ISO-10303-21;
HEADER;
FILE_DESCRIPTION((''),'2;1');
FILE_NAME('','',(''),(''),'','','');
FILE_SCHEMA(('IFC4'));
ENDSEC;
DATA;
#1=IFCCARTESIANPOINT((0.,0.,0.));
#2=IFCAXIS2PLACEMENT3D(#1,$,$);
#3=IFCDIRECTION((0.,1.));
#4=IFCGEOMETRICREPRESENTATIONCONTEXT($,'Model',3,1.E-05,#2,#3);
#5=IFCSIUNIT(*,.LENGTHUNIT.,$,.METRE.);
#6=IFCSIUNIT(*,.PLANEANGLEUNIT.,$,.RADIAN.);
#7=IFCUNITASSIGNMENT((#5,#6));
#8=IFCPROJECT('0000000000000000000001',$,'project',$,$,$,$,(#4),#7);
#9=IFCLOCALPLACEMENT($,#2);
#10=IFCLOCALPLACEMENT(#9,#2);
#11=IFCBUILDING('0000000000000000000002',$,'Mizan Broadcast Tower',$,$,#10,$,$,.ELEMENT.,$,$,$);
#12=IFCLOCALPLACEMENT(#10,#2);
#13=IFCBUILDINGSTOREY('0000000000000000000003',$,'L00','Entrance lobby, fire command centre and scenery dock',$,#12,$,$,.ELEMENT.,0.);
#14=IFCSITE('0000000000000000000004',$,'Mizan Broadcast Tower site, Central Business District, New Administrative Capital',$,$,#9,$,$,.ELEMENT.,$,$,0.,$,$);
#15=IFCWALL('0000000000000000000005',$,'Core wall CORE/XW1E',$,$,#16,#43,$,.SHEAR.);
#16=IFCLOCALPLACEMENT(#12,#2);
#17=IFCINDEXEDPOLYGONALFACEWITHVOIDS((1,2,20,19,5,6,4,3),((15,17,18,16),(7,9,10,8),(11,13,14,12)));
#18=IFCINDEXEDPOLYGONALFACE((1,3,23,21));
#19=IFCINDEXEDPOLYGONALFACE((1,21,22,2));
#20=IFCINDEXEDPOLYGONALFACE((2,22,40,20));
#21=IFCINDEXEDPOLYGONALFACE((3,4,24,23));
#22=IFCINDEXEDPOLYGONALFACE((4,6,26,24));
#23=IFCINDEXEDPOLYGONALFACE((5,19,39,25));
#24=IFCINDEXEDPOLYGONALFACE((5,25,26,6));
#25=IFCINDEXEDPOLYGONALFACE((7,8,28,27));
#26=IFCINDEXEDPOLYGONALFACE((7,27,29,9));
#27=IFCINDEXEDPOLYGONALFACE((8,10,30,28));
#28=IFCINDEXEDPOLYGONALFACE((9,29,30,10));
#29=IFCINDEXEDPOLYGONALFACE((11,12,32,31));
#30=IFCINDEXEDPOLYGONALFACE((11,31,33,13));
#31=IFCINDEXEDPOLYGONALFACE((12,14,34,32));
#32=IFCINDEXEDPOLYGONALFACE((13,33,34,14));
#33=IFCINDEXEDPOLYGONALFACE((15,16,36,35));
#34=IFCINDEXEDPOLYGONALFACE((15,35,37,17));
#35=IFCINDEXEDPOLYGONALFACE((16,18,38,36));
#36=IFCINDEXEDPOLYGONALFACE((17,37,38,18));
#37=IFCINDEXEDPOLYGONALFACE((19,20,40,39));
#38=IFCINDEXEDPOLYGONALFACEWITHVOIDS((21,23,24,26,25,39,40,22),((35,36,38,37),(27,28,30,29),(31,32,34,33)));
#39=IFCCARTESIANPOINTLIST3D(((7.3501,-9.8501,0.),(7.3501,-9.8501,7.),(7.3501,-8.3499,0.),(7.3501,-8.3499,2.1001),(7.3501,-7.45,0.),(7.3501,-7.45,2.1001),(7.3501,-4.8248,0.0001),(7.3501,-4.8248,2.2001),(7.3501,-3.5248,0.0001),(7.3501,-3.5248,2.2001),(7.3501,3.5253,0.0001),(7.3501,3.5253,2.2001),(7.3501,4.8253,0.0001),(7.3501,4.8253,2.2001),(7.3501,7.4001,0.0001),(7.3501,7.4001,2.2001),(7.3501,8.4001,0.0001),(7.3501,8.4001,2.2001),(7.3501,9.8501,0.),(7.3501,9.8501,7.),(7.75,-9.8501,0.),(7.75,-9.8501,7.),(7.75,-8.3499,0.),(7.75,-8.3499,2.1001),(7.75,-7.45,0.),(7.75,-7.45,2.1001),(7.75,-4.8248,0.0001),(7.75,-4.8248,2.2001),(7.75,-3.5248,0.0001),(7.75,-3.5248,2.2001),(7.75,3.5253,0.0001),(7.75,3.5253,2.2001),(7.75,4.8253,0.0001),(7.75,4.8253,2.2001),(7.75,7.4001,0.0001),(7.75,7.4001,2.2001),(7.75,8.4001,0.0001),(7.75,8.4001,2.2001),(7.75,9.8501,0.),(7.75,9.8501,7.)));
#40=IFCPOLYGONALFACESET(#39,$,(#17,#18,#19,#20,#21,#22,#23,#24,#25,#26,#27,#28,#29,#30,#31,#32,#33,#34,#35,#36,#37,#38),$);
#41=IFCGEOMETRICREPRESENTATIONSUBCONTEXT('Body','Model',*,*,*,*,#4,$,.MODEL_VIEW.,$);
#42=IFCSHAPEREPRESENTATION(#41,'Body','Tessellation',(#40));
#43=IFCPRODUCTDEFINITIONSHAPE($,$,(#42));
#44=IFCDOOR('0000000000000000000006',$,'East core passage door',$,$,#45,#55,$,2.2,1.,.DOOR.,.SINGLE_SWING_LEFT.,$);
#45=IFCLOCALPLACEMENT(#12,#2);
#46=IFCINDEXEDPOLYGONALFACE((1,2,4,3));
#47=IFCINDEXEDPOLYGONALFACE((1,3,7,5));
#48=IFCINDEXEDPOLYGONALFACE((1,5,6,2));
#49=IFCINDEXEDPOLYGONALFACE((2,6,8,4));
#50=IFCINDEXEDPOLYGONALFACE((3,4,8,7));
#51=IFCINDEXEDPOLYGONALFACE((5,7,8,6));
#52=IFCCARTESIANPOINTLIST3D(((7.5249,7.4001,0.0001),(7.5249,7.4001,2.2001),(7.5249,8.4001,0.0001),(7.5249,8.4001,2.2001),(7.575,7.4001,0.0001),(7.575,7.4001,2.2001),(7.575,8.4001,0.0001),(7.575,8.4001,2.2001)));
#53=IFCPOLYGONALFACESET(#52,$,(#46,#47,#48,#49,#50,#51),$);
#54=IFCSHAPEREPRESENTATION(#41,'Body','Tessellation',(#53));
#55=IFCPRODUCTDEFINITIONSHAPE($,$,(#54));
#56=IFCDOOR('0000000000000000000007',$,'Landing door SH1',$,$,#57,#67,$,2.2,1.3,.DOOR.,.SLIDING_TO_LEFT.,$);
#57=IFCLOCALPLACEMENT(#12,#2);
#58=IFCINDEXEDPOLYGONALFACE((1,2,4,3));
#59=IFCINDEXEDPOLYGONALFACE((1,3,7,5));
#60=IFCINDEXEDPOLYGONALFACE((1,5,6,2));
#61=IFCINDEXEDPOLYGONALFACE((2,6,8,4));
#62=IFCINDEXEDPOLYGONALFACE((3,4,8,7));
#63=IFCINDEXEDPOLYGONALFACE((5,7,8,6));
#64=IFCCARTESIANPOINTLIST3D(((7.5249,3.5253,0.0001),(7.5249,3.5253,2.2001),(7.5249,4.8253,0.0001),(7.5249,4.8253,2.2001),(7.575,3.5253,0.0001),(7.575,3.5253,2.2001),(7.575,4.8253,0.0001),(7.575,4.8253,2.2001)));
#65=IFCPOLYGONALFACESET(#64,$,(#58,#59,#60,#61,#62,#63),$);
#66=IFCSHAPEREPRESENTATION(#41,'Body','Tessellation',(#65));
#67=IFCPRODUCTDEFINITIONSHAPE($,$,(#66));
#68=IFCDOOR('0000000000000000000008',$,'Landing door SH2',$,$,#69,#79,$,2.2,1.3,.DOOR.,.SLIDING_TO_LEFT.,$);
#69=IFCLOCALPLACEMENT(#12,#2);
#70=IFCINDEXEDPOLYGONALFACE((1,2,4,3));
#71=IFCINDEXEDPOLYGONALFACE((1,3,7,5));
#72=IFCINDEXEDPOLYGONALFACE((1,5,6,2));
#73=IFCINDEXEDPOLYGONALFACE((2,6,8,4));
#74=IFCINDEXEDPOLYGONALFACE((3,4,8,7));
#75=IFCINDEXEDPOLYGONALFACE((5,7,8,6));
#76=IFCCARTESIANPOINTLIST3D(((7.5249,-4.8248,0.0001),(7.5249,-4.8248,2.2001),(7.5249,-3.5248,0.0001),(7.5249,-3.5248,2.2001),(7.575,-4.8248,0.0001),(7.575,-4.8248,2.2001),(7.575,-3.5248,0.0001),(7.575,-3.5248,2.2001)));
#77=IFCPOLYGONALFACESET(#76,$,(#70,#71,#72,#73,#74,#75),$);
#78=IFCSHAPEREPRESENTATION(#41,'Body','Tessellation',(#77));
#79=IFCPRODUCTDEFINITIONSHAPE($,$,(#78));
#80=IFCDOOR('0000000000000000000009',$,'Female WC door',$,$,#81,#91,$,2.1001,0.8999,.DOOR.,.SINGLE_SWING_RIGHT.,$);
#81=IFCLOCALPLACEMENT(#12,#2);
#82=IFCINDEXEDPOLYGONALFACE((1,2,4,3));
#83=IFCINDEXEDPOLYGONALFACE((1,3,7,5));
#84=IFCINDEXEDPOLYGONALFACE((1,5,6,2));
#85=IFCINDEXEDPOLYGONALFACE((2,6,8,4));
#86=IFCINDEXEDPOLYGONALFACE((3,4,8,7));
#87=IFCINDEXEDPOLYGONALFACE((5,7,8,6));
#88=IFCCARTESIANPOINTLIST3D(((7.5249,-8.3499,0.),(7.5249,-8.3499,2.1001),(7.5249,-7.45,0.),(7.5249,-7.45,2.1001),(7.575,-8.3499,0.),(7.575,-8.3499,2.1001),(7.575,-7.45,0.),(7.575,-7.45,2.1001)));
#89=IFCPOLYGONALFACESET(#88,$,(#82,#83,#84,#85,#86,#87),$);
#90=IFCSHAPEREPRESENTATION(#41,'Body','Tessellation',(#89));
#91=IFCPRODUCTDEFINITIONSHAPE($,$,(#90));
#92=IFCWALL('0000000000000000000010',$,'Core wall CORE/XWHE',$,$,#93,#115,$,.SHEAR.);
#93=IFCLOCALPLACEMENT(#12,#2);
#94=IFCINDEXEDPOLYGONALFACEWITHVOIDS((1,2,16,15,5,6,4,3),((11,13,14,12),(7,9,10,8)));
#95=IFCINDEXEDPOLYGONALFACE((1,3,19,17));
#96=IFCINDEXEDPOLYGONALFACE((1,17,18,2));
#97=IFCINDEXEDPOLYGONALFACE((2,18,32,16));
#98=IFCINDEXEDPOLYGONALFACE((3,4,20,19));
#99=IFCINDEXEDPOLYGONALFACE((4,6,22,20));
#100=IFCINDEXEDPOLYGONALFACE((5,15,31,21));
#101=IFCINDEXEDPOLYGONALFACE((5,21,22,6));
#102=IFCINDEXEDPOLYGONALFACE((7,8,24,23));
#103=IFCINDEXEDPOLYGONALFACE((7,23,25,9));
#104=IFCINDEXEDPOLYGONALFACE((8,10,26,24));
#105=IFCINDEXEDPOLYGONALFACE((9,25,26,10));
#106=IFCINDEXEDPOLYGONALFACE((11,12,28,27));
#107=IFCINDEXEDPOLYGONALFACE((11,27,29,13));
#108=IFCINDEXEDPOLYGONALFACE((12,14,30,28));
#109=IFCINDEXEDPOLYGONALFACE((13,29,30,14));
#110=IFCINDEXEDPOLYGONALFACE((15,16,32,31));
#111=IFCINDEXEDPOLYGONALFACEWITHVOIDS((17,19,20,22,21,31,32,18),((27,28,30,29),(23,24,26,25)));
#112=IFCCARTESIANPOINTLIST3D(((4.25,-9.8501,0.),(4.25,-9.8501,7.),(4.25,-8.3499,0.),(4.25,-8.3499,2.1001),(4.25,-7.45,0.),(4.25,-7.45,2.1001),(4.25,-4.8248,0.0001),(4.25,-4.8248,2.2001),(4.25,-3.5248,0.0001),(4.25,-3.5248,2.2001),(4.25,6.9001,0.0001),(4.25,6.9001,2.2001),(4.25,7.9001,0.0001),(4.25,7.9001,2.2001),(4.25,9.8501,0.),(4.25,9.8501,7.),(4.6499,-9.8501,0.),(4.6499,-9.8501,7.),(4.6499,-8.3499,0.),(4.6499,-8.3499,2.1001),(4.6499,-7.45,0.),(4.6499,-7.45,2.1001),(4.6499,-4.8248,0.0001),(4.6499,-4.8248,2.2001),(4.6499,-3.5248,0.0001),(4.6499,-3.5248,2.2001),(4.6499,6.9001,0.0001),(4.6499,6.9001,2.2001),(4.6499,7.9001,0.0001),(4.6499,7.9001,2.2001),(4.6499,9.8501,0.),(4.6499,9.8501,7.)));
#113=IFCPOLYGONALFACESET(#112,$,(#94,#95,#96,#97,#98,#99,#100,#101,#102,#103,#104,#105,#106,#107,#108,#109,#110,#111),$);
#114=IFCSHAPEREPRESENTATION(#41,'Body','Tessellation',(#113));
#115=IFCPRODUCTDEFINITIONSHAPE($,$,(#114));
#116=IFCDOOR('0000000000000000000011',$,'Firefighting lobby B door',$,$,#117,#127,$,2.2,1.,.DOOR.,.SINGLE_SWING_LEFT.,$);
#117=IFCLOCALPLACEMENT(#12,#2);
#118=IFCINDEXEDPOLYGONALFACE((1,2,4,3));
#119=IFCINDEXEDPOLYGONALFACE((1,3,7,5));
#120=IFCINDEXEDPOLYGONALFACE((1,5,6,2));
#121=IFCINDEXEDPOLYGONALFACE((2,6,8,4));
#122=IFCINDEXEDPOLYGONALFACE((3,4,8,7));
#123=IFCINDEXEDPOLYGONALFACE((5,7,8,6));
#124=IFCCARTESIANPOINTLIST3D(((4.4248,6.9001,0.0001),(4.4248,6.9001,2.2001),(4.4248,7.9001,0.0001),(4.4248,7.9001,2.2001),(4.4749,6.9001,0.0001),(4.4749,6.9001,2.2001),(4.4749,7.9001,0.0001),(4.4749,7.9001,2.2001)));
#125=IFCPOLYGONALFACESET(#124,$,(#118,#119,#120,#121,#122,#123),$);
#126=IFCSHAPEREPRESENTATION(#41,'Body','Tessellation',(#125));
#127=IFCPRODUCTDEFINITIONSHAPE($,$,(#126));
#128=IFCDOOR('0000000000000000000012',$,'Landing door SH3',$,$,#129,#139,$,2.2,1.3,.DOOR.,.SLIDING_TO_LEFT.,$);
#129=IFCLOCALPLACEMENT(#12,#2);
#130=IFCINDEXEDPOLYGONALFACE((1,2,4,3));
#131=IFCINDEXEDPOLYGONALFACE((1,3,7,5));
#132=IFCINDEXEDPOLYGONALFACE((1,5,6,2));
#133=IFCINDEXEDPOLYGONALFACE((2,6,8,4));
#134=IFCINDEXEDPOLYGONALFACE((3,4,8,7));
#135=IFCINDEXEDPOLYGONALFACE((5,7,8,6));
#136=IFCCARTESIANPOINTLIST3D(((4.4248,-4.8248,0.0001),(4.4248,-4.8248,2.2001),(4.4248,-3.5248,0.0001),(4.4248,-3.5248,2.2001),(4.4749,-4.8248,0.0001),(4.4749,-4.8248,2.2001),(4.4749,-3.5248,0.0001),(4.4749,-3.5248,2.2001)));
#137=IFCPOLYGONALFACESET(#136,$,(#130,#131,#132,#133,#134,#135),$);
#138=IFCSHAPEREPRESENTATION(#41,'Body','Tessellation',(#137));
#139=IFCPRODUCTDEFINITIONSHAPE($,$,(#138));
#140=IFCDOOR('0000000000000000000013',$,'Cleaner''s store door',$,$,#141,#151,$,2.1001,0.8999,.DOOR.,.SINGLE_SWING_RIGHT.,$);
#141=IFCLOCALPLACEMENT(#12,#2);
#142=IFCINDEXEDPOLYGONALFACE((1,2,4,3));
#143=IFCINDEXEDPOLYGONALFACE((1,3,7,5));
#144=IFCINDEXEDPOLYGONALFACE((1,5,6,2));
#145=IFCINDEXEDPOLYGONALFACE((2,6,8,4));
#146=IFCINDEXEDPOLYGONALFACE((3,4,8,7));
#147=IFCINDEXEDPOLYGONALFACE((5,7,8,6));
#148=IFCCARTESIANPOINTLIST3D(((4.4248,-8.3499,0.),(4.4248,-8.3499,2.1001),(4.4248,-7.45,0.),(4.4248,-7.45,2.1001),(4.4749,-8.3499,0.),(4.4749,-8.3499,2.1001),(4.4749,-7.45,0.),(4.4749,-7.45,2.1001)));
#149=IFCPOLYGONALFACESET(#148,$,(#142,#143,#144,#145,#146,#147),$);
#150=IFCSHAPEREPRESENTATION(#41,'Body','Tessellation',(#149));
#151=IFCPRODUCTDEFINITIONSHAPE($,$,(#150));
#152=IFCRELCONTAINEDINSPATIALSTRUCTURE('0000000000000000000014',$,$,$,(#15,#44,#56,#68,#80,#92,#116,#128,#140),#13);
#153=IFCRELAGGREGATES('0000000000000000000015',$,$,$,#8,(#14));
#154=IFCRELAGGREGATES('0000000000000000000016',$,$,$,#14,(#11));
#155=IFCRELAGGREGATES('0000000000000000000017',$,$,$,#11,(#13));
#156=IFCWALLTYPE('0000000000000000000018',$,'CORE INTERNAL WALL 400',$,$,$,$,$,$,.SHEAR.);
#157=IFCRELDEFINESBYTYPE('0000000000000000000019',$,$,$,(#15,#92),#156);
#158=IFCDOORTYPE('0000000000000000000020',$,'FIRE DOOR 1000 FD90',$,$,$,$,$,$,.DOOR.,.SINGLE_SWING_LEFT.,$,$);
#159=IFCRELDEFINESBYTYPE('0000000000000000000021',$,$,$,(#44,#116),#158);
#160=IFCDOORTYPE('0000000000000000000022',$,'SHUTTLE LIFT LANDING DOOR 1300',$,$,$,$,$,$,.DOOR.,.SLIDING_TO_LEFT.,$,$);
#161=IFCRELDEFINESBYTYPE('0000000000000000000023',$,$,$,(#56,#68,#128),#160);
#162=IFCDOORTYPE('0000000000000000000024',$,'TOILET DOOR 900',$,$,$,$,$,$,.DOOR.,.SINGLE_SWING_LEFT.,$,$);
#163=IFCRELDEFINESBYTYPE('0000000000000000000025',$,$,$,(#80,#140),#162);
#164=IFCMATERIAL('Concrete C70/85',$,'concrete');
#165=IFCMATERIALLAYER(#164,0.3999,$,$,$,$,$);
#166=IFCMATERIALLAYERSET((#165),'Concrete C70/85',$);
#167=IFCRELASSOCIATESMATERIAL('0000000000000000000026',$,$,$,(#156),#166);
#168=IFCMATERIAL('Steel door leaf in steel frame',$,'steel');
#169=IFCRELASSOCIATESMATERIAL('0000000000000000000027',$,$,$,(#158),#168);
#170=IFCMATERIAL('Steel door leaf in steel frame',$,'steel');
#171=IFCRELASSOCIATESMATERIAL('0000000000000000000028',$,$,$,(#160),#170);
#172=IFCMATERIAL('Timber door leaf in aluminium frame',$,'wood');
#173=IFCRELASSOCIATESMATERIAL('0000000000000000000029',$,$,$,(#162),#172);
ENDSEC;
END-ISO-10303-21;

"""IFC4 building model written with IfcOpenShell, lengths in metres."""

from ifc_helpers import new_model, si_unit, direction, frame, frame_2d, origin, place, context, subcontext, project, spatial, rectangle, extrude, material, layer, layer_set, type_object, element, fill, save


model = new_model("IFC4")

# Units and contexts
model_context = context("Model", 3, precision=1e-05, world=origin(), true_north=direction((0.0, 1.0)))
body_context = subcontext(model_context, "Body", "Model", "MODEL_VIEW")
ifc_project = project(units=[si_unit("LENGTHUNIT", "METRE"), si_unit("PLANEANGLEUNIT", "RADIAN")], contexts=[model_context])

# Site, building, storey
site_placement = place(None, origin())
site = spatial("IfcSite", under=ifc_project, at=site_placement, Name="Mizan Broadcast Tower site, Central Business District, New Administrative Capital", CompositionType="ELEMENT", RefElevation=0.0)
building_placement = place(site_placement, origin())
building = spatial("IfcBuilding", under=site, at=building_placement, Name="Mizan Broadcast Tower", CompositionType="ELEMENT")
storey_placement = place(building_placement, origin())
storey = spatial("IfcBuildingStorey", under=building, at=storey_placement, Name="L00", Description="Entrance lobby, fire command centre and scenery dock", CompositionType="ELEMENT", Elevation=0.0)

# Walls, openings, doors
ifc_material_1 = material(Name="Concrete C70/85", Category="concrete")
ifc_layer_1 = layer(ifc_material_1, 0.3999)
ifc_layer_set_1 = layer_set([ifc_layer_1], Name="Concrete C70/85")
wall_type_1 = type_object("IfcWallType", Name="CORE INTERNAL WALL 400", PredefinedType="SHEAR", material=ifc_layer_set_1)
wall_1_placement = place(storey_placement, frame((7.55, 9.8501, 0.0), z_axis=(0.0, 0.0, 1.0), x_axis=(0.0, -1.0, 0.0)))
wall_1 = element("IfcWall", 1, at=wall_1_placement, inside=storey, type_object=wall_type_1, Name="Core wall CORE/XW1E", PredefinedType="SHEAR", context=body_context, shape_type="SweptSolid", body=[
    extrude(rectangle(XDim=19.7002, YDim=0.3999, at=frame_2d((9.8501, 0.0))), origin(), (0.0, 0.0, 1.0), 7.0),
])
opening_1_placement = place(wall_1_placement, frame((1.45, 0.0, 0.0)))
opening_1 = element("IfcOpeningElement", 2, at=opening_1_placement, cuts=wall_1, PredefinedType="OPENING", context=body_context, shape_type="SweptSolid", body=[
    extrude(rectangle(XDim=1.0, YDim=2.2, at=frame_2d((0.5, 1.1001))), frame((0.0, 0.21, 0.0), z_axis=(0.0, -1.0, 0.0), x_axis=(1.0, 0.0, 0.0)), (0.0, 0.0, 1.0), 0.4199),
])
opening_2_placement = place(wall_1_placement, frame((17.3, 0.0, 0.0)))
opening_2 = element("IfcOpeningElement", 3, at=opening_2_placement, cuts=wall_1, PredefinedType="OPENING", context=body_context, shape_type="SweptSolid", body=[
    extrude(rectangle(XDim=0.8999, YDim=2.1001, at=frame_2d((0.45, 1.05))), frame((0.0, 0.21, 0.0), z_axis=(0.0, -1.0, 0.0), x_axis=(1.0, 0.0, 0.0)), (0.0, 0.0, 1.0), 0.4199),
])
opening_3_placement = place(wall_1_placement, frame((5.0249, 0.0, 0.0)))
opening_3 = element("IfcOpeningElement", 4, at=opening_3_placement, cuts=wall_1, PredefinedType="OPENING", context=body_context, shape_type="SweptSolid", body=[
    extrude(rectangle(XDim=1.3, YDim=2.2, at=frame_2d((0.6499, 1.1001))), frame((0.0, 0.21, 0.0), z_axis=(0.0, -1.0, 0.0), x_axis=(1.0, 0.0, 0.0)), (0.0, 0.0, 1.0), 0.4199),
])
opening_4_placement = place(wall_1_placement, frame((13.375, 0.0, 0.0)))
opening_4 = element("IfcOpeningElement", 5, at=opening_4_placement, cuts=wall_1, PredefinedType="OPENING", context=body_context, shape_type="SweptSolid", body=[
    extrude(rectangle(XDim=1.3, YDim=2.2, at=frame_2d((0.6499, 1.1001))), frame((0.0, 0.21, 0.0), z_axis=(0.0, -1.0, 0.0), x_axis=(1.0, 0.0, 0.0)), (0.0, 0.0, 1.0), 0.4199),
])
ifc_material_2 = material(Name="Steel door leaf in steel frame", Category="steel")
door_type_1 = type_object("IfcDoorType", Name="FIRE DOOR 1000 FD90", OperationType="SINGLE_SWING_LEFT", PredefinedType="DOOR", material=ifc_material_2)
door_1_placement = place(opening_1_placement, origin())
door_1 = element("IfcDoor", 6, at=door_1_placement, inside=storey, type_object=door_type_1, Name="East core passage door", OperationType="SINGLE_SWING_LEFT", OverallHeight=2.2, OverallWidth=1.0, PredefinedType="DOOR", context=body_context, shape_type="SweptSolid", body=[
    extrude(rectangle(XDim=1.0, YDim=2.2, at=frame_2d((0.5, 1.1001))), frame((0.0, 0.0249, 0.0), z_axis=(0.0, -1.0, 0.0), x_axis=(1.0, 0.0, 0.0)), (0.0, 0.0, 1.0), 0.05),
])
fill(opening_1, door_1)
ifc_material_3 = material(Name="Steel door leaf in steel frame", Category="steel")
door_type_2 = type_object("IfcDoorType", Name="SHUTTLE LIFT LANDING DOOR 1300", OperationType="SLIDING_TO_LEFT", PredefinedType="DOOR", material=ifc_material_3)
door_2_placement = place(opening_3_placement, origin())
door_2 = element("IfcDoor", 7, at=door_2_placement, inside=storey, type_object=door_type_2, Name="Landing door SH1", OperationType="SLIDING_TO_LEFT", OverallHeight=2.2, OverallWidth=1.3, PredefinedType="DOOR", context=body_context, shape_type="SweptSolid", body=[
    extrude(rectangle(XDim=1.3, YDim=2.2, at=frame_2d((0.6499, 1.1001))), frame((0.0, 0.0249, 0.0), z_axis=(0.0, -1.0, 0.0), x_axis=(1.0, 0.0, 0.0)), (0.0, 0.0, 1.0), 0.05),
])
fill(opening_3, door_2)
door_3_placement = place(opening_4_placement, origin())
door_3 = element("IfcDoor", 8, at=door_3_placement, inside=storey, type_object=door_type_2, Name="Landing door SH2", OperationType="SLIDING_TO_LEFT", OverallHeight=2.2, OverallWidth=1.3, PredefinedType="DOOR", context=body_context, shape_type="SweptSolid", body=[
    extrude(rectangle(XDim=1.3, YDim=2.2, at=frame_2d((0.6499, 1.1001))), frame((0.0, 0.0249, 0.0), z_axis=(0.0, -1.0, 0.0), x_axis=(1.0, 0.0, 0.0)), (0.0, 0.0, 1.0), 0.05),
])
fill(opening_4, door_3)
ifc_material_4 = material(Name="Timber door leaf in aluminium frame", Category="wood")
door_type_3 = type_object("IfcDoorType", Name="TOILET DOOR 900", OperationType="SINGLE_SWING_LEFT", PredefinedType="DOOR", material=ifc_material_4)
door_4_placement = place(opening_2_placement, origin())
door_4 = element("IfcDoor", 9, at=door_4_placement, inside=storey, type_object=door_type_3, Name="Female WC door", OperationType="SINGLE_SWING_RIGHT", OverallHeight=2.1001, OverallWidth=0.8999, PredefinedType="DOOR", context=body_context, shape_type="SweptSolid", body=[
    extrude(rectangle(XDim=0.8999, YDim=2.1001, at=frame_2d((0.45, 1.05))), frame((0.0, 0.0249, 0.0), z_axis=(0.0, -1.0, 0.0), x_axis=(1.0, 0.0, 0.0)), (0.0, 0.0, 1.0), 0.05),
])
fill(opening_2, door_4)
wall_2_placement = place(storey_placement, frame((4.45, 9.8501, 0.0), z_axis=(0.0, 0.0, 1.0), x_axis=(0.0, -1.0, 0.0)))
wall_2 = element("IfcWall", 10, at=wall_2_placement, inside=storey, type_object=wall_type_1, Name="Core wall CORE/XWHE", PredefinedType="SHEAR", context=body_context, shape_type="SweptSolid", body=[
    extrude(rectangle(XDim=19.7002, YDim=0.3999, at=frame_2d((9.8501, 0.0))), origin(), (0.0, 0.0, 1.0), 7.0),
])
opening_5_placement = place(wall_2_placement, frame((1.95, 0.0, 0.0)))
opening_5 = element("IfcOpeningElement", 11, at=opening_5_placement, cuts=wall_2, PredefinedType="OPENING", context=body_context, shape_type="SweptSolid", body=[
    extrude(rectangle(XDim=1.0, YDim=2.2, at=frame_2d((0.5, 1.1001))), frame((0.0, 0.21, 0.0), z_axis=(0.0, -1.0, 0.0), x_axis=(1.0, 0.0, 0.0)), (0.0, 0.0, 1.0), 0.4199),
])
opening_6_placement = place(wall_2_placement, frame((17.3, 0.0, 0.0)))
opening_6 = element("IfcOpeningElement", 12, at=opening_6_placement, cuts=wall_2, PredefinedType="OPENING", context=body_context, shape_type="SweptSolid", body=[
    extrude(rectangle(XDim=0.8999, YDim=2.1001, at=frame_2d((0.45, 1.05))), frame((0.0, 0.21, 0.0), z_axis=(0.0, -1.0, 0.0), x_axis=(1.0, 0.0, 0.0)), (0.0, 0.0, 1.0), 0.4199),
])
opening_7_placement = place(wall_2_placement, frame((13.375, 0.0, 0.0)))
opening_7 = element("IfcOpeningElement", 13, at=opening_7_placement, cuts=wall_2, PredefinedType="OPENING", context=body_context, shape_type="SweptSolid", body=[
    extrude(rectangle(XDim=1.3, YDim=2.2, at=frame_2d((0.6499, 1.1001))), frame((0.0, 0.21, 0.0), z_axis=(0.0, -1.0, 0.0), x_axis=(1.0, 0.0, 0.0)), (0.0, 0.0, 1.0), 0.4199),
])
door_5_placement = place(opening_5_placement, origin())
door_5 = element("IfcDoor", 14, at=door_5_placement, inside=storey, type_object=door_type_1, Name="Firefighting lobby B door", OperationType="SINGLE_SWING_LEFT", OverallHeight=2.2, OverallWidth=1.0, PredefinedType="DOOR", context=body_context, shape_type="SweptSolid", body=[
    extrude(rectangle(XDim=1.0, YDim=2.2, at=frame_2d((0.5, 1.1001))), frame((0.0, 0.0249, 0.0), z_axis=(0.0, -1.0, 0.0), x_axis=(1.0, 0.0, 0.0)), (0.0, 0.0, 1.0), 0.05),
])
fill(opening_5, door_5)
door_6_placement = place(opening_7_placement, origin())
door_6 = element("IfcDoor", 15, at=door_6_placement, inside=storey, type_object=door_type_2, Name="Landing door SH3", OperationType="SLIDING_TO_LEFT", OverallHeight=2.2, OverallWidth=1.3, PredefinedType="DOOR", context=body_context, shape_type="SweptSolid", body=[
    extrude(rectangle(XDim=1.3, YDim=2.2, at=frame_2d((0.6499, 1.1001))), frame((0.0, 0.0249, 0.0), z_axis=(0.0, -1.0, 0.0), x_axis=(1.0, 0.0, 0.0)), (0.0, 0.0, 1.0), 0.05),
])
fill(opening_7, door_6)
door_7_placement = place(opening_6_placement, origin())
door_7 = element("IfcDoor", 16, at=door_7_placement, inside=storey, type_object=door_type_3, Name="Cleaner's store door", OperationType="SINGLE_SWING_RIGHT", OverallHeight=2.1001, OverallWidth=0.8999, PredefinedType="DOOR", context=body_context, shape_type="SweptSolid", body=[
    extrude(rectangle(XDim=0.8999, YDim=2.1001, at=frame_2d((0.45, 1.05))), frame((0.0, 0.0249, 0.0), z_axis=(0.0, -1.0, 0.0), x_axis=(1.0, 0.0, 0.0)), (0.0, 0.0, 1.0), 0.05),
])
fill(opening_6, door_7)

save(model, "model.ifc")
